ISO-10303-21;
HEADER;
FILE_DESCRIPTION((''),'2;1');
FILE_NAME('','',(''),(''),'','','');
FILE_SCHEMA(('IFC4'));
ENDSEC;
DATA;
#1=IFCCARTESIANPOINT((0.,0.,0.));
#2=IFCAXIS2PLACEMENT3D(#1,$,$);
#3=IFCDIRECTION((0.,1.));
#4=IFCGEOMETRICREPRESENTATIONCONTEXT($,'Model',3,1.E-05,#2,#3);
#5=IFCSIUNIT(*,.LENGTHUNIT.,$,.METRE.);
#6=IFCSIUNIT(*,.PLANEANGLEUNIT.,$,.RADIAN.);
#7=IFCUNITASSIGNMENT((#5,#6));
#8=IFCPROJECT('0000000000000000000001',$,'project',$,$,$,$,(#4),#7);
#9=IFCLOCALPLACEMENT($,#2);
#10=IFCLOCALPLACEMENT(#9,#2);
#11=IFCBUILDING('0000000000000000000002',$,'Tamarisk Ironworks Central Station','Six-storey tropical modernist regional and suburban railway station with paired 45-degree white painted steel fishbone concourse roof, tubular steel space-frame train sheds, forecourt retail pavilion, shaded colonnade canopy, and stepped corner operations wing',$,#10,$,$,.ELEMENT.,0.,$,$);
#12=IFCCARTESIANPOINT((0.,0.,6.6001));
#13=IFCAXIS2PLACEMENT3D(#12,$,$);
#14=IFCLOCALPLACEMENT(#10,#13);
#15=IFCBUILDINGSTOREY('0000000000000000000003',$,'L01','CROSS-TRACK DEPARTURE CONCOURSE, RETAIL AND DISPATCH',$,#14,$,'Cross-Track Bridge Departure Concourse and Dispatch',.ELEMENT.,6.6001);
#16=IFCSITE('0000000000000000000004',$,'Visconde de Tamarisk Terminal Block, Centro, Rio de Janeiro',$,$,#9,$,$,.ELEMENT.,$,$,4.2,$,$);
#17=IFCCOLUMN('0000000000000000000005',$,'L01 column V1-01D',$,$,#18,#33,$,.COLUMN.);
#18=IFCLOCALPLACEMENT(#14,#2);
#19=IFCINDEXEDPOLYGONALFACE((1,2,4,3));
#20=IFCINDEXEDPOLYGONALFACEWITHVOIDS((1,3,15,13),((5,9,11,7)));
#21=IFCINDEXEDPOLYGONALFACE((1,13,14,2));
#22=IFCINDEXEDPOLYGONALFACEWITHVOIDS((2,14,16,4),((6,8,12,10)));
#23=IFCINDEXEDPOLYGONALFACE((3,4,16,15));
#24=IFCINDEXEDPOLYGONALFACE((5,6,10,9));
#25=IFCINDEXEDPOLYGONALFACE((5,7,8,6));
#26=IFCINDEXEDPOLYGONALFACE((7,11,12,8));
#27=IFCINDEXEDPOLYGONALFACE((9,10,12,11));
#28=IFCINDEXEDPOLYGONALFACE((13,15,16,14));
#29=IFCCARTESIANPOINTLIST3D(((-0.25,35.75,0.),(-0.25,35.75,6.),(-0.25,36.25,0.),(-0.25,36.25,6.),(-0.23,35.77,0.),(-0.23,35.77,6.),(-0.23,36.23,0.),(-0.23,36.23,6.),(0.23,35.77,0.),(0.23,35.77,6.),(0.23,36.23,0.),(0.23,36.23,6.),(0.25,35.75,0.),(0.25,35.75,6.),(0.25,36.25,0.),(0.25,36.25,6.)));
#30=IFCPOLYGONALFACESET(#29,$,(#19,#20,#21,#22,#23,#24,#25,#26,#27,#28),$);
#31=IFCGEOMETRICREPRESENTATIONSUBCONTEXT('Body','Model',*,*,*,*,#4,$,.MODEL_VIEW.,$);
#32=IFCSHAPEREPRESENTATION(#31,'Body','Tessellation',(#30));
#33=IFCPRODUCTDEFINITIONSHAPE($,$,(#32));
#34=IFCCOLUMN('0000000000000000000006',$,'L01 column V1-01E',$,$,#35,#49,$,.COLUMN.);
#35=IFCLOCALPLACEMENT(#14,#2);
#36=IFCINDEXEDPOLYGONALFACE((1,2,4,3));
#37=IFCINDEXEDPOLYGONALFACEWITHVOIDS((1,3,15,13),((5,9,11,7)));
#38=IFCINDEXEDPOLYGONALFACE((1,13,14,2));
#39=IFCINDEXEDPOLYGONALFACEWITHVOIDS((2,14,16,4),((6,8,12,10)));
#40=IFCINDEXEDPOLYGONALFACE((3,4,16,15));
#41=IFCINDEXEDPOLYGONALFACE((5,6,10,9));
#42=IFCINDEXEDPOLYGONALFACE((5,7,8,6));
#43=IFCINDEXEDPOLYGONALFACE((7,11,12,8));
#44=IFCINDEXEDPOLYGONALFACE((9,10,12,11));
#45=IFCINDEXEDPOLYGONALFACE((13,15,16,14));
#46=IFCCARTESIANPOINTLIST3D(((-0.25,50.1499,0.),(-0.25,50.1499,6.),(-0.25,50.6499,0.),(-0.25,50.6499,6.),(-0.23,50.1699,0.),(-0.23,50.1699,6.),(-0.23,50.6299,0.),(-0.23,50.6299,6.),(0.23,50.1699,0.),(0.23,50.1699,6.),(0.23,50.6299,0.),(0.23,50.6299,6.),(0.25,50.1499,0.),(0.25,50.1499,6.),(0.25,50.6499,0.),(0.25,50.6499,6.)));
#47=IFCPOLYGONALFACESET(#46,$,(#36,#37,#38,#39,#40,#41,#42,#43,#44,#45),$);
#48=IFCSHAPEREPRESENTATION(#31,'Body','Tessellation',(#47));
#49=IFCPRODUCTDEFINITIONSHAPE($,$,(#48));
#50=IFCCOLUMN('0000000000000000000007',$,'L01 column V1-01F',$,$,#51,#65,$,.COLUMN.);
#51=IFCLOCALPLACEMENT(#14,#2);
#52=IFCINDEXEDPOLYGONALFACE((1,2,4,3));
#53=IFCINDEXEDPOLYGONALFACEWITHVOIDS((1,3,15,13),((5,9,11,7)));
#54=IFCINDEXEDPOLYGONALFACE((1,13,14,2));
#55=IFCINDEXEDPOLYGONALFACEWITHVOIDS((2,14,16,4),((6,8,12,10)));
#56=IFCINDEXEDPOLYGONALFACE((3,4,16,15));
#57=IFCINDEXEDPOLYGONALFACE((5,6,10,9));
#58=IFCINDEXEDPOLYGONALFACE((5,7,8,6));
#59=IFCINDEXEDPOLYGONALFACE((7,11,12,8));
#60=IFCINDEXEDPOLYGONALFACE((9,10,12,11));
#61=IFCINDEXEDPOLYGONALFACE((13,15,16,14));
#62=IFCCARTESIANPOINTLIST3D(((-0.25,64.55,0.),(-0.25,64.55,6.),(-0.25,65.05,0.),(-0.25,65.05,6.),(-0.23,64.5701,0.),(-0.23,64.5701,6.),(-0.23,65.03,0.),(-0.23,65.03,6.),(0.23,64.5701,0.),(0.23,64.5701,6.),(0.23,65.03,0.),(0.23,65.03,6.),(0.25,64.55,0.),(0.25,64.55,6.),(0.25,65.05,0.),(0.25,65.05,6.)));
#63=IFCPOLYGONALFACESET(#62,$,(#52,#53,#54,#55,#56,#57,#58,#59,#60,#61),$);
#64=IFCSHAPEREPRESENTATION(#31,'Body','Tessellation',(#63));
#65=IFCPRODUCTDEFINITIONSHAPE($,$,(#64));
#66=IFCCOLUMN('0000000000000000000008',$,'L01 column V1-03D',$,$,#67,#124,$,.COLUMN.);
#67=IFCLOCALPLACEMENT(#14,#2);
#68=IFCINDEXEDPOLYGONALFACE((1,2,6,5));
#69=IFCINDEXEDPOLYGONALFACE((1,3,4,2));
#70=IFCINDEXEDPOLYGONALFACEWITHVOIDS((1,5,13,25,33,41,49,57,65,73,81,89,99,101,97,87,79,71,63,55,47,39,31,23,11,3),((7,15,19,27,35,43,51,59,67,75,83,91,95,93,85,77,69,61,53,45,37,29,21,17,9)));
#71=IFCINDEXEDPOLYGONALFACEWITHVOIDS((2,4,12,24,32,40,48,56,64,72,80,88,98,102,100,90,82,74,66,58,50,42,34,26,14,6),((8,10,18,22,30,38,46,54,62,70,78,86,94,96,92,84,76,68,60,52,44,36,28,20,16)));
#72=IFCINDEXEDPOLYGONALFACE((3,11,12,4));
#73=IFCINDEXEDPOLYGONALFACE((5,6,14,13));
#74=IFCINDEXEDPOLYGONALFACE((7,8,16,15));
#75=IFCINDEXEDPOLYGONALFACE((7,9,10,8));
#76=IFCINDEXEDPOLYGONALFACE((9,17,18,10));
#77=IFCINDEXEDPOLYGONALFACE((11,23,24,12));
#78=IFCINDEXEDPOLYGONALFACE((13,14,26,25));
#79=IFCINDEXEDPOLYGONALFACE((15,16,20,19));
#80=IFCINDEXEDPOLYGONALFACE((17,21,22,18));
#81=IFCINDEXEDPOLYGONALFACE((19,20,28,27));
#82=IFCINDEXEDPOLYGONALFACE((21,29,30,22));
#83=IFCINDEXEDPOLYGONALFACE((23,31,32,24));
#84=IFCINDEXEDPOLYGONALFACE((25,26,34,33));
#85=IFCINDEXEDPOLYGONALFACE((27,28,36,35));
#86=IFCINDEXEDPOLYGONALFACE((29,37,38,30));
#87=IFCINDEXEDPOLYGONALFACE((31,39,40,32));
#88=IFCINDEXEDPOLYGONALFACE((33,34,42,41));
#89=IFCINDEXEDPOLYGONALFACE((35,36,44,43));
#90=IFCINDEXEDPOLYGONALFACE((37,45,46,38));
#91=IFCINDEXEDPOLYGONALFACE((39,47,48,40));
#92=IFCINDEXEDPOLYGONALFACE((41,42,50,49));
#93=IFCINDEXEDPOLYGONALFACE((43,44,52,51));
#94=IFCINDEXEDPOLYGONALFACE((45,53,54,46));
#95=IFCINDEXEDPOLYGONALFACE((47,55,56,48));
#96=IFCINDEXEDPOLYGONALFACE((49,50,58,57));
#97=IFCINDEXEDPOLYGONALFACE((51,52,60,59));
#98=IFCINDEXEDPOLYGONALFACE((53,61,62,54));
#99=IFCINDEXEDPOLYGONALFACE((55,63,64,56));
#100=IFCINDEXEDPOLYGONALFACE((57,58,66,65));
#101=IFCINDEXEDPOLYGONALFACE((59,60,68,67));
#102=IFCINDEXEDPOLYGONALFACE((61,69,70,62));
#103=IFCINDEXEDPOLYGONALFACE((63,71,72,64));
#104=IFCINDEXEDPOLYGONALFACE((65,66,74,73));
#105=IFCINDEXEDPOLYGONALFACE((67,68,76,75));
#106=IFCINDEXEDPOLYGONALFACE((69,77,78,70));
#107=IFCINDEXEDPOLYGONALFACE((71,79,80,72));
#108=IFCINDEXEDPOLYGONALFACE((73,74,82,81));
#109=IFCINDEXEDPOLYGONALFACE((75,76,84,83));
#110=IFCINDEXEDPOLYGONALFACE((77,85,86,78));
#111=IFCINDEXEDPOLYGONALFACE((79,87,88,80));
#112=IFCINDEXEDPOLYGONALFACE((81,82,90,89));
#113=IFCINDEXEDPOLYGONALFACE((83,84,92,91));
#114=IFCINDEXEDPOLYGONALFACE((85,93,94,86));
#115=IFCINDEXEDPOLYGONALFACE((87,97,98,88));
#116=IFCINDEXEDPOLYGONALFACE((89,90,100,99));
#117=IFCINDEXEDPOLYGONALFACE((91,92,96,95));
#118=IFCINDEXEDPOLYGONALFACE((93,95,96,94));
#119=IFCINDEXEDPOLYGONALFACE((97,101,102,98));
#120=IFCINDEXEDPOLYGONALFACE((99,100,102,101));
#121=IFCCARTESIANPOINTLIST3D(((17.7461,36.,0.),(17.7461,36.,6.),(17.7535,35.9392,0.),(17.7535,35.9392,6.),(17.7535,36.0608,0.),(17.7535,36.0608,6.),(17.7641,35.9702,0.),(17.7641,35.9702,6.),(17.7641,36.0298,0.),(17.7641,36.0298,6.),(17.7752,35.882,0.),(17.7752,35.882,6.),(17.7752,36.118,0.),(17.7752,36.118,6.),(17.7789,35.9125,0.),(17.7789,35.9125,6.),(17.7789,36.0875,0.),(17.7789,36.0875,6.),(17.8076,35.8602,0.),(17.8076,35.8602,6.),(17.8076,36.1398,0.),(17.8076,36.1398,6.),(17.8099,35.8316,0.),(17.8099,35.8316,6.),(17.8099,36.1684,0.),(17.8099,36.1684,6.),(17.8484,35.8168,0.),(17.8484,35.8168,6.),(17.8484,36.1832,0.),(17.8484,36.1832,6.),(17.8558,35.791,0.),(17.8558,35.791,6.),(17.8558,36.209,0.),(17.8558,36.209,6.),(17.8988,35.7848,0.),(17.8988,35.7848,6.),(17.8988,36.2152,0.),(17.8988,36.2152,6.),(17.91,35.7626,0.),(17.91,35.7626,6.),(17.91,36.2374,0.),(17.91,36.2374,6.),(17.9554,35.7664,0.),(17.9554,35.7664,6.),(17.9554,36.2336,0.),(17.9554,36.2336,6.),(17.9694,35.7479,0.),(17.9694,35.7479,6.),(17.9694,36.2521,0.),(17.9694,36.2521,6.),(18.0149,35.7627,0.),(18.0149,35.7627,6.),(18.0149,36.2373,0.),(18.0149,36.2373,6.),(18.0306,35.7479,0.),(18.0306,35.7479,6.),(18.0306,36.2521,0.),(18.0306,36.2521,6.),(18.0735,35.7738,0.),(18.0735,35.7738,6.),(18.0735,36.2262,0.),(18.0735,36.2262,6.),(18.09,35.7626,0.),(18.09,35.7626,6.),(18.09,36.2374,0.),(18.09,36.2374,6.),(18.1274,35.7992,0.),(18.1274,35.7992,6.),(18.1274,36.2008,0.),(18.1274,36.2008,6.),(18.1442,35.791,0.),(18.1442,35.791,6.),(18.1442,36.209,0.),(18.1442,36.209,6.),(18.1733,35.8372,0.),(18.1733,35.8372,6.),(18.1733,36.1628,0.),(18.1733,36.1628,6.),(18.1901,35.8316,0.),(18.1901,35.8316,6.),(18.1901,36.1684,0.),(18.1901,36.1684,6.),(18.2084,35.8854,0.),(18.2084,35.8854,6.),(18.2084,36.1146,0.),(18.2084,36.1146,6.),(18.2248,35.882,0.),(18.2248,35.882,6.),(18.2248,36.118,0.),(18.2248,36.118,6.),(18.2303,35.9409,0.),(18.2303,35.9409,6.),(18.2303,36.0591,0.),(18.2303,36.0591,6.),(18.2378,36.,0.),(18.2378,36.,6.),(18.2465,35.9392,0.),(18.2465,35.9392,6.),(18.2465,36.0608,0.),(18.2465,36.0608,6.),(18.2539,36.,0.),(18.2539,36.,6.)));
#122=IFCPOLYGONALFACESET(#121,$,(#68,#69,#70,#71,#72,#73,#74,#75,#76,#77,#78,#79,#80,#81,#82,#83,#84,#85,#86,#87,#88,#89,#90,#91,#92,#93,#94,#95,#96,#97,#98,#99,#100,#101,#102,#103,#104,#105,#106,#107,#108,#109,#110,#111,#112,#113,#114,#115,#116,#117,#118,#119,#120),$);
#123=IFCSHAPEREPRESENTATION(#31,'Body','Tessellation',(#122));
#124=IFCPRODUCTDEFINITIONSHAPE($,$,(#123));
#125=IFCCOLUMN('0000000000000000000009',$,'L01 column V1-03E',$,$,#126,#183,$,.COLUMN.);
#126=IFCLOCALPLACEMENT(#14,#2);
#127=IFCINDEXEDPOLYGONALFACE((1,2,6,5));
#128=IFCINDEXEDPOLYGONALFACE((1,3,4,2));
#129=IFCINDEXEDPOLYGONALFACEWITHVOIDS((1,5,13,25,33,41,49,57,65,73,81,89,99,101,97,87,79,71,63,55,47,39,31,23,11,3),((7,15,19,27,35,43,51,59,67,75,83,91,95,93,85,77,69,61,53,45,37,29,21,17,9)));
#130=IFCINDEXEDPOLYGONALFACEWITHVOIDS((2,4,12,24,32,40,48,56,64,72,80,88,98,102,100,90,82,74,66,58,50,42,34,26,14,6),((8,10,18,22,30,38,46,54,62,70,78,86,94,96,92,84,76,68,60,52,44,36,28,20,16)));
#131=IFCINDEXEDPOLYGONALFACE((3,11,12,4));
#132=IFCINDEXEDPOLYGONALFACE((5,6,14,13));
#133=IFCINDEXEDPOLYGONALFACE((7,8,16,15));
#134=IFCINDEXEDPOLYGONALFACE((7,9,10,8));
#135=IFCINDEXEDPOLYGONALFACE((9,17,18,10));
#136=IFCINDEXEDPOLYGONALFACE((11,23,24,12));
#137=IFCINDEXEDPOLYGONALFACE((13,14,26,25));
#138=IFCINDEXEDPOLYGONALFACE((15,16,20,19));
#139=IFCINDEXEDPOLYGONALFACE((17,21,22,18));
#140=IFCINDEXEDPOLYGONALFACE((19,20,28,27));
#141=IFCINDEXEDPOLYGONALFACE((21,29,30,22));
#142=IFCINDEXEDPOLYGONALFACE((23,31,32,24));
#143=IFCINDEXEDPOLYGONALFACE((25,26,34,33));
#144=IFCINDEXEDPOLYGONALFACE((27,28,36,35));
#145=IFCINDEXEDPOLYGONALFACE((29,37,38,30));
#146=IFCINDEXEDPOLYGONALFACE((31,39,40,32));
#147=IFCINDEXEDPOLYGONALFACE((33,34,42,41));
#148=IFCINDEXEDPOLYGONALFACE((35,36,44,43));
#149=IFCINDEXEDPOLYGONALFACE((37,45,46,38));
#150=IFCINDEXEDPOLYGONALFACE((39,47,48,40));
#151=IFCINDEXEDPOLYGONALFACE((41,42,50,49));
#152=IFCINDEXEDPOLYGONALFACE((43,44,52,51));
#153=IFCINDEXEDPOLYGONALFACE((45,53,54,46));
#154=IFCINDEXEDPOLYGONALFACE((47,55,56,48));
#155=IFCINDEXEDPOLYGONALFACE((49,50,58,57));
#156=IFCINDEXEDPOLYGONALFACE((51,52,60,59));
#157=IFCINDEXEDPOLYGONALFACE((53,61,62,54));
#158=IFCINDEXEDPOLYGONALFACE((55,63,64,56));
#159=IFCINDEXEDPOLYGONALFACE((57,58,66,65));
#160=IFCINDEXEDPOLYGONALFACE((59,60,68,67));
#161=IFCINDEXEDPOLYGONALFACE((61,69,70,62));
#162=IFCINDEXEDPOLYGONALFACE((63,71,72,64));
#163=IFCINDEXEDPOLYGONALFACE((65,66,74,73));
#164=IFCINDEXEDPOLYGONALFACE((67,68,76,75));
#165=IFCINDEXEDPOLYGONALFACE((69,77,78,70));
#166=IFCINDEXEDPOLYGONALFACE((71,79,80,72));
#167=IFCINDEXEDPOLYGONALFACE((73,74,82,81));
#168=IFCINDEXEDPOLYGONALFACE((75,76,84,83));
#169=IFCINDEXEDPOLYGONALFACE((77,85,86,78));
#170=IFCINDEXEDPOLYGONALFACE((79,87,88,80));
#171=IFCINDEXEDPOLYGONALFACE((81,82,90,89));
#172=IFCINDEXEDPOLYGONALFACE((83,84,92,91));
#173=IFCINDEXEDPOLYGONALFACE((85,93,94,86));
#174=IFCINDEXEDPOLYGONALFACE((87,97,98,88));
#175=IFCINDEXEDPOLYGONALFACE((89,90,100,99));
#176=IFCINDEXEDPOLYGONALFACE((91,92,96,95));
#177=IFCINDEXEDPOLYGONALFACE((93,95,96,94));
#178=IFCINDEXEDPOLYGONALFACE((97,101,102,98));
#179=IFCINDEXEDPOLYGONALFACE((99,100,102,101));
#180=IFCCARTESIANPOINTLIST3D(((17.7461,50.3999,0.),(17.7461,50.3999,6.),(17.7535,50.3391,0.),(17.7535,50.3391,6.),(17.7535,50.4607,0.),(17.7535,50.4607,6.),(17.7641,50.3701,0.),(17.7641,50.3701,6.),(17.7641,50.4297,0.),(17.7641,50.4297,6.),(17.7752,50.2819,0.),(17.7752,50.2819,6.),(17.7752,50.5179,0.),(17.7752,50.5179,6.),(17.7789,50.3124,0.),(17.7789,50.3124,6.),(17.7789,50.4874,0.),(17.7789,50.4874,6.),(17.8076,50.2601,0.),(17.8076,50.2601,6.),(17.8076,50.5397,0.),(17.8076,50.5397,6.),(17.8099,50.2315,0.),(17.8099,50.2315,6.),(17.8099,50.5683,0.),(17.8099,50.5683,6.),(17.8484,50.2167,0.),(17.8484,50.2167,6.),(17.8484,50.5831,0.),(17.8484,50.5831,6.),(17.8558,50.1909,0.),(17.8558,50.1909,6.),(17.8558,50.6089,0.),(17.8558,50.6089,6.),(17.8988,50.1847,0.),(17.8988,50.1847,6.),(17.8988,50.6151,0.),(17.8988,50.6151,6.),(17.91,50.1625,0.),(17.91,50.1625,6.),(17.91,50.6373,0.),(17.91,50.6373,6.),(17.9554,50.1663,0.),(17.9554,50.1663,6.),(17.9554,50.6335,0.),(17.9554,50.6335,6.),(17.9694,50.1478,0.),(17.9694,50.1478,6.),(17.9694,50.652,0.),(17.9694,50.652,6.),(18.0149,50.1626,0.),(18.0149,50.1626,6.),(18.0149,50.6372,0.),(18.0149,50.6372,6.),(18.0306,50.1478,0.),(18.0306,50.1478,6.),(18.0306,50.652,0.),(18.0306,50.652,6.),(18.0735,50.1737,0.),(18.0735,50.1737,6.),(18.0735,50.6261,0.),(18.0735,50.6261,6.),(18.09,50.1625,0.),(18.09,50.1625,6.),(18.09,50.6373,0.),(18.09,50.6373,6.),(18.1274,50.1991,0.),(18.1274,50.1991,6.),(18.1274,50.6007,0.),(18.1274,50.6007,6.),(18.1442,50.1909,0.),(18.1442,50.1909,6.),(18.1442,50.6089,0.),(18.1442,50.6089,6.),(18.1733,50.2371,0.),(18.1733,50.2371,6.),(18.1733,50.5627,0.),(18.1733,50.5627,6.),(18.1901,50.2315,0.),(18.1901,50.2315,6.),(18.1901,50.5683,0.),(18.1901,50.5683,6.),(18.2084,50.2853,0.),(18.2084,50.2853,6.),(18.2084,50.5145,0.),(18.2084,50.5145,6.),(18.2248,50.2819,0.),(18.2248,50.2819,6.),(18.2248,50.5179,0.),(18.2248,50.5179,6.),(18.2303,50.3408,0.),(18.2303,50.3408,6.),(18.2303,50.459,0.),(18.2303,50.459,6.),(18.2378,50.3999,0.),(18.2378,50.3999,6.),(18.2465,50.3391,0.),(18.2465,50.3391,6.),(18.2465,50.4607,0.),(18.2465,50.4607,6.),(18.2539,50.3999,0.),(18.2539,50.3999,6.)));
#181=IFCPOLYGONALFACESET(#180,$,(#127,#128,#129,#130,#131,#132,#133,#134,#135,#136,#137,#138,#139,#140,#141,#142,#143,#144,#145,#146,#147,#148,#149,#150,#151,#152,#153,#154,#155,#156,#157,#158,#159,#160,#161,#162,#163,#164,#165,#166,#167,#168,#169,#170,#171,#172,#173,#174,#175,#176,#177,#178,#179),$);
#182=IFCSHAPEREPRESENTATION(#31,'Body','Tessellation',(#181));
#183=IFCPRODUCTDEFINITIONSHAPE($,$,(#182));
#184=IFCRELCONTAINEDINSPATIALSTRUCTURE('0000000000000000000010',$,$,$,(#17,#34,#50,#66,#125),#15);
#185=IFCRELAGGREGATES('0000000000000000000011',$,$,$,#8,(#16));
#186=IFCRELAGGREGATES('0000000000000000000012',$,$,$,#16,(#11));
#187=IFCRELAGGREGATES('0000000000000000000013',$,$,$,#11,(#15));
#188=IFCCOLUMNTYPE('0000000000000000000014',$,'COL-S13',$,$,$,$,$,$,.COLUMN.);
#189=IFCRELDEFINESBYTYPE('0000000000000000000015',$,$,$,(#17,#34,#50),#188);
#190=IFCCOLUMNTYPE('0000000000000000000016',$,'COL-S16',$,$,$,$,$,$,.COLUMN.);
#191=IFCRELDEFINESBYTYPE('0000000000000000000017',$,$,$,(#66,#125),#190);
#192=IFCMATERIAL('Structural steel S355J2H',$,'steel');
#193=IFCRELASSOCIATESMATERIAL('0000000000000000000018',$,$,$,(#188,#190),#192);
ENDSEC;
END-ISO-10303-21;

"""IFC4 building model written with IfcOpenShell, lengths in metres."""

from ifc_helpers import new_model, si_unit, direction, frame, origin, origin_2d, place, context, subcontext, project, spatial, hollow_rectangle, hollow_circle, extrude, material, material_profile, profile_set, type_object, element, save


model = new_model("IFC4")

# Units and contexts
model_context = context("Model", 3, precision=1e-05, world=origin(), true_north=direction((0.0, 1.0)))
body_context = subcontext(model_context, "Body", "Model", "MODEL_VIEW")
ifc_project = project(units=[si_unit("LENGTHUNIT", "METRE"), si_unit("PLANEANGLEUNIT", "RADIAN")], contexts=[model_context])

# Site, building, storey
site_placement = place(None, origin())
site = spatial("IfcSite", under=ifc_project, at=site_placement, Name="Visconde de Tamarisk Terminal Block, Centro, Rio de Janeiro", CompositionType="ELEMENT", RefElevation=4.2)
building_placement = place(site_placement, origin())
building = spatial("IfcBuilding", under=site, at=building_placement, Name="Tamarisk Ironworks Central Station", Description="Six-storey tropical modernist regional and suburban railway station with paired 45-degree white painted steel fishbone concourse roof, tubular steel space-frame train sheds, forecourt retail pavilion, shaded colonnade canopy, and stepped corner operations wing", CompositionType="ELEMENT", ElevationOfRefHeight=0.0)
storey_placement = place(building_placement, frame((0.0, 0.0, 6.6001)))
storey = spatial("IfcBuildingStorey", under=building, at=storey_placement, Name="L01", Description="CROSS-TRACK DEPARTURE CONCOURSE, RETAIL AND DISPATCH", LongName="Cross-Track Bridge Departure Concourse and Dispatch", CompositionType="ELEMENT", Elevation=6.6001)

# Columns
ifc_material_1 = material(Name="Structural steel S355J2H", Category="steel")
ifc_material_profile_1 = material_profile(ifc_material_1, hollow_rectangle(XDim=0.5, YDim=0.5, WallThickness=0.02, at=origin_2d()), Name="SHS 500x500x20")
ifc_profile_set_1 = profile_set([ifc_material_profile_1], Name="Structural steel S355J2H")
column_type_1 = type_object("IfcColumnType", Name="COL-S13", PredefinedType="COLUMN", material=ifc_profile_set_1)
for number, where, z_axis, x_axis, name in (
    (1, (0.0, 36.0, 0.0), (0.0, 0.0, 1.0), (1.0, 0.0, 0.0), "L01 column V1-01D"),
    (2, (0.0, 50.3999, 0.0), (0.0, 0.0, 1.0), (1.0, 0.0, 0.0), "L01 column V1-01E"),
    (3, (0.0, 64.8, 0.0), (0.0, 0.0, 1.0), (1.0, 0.0, 0.0), "L01 column V1-01F"),
):
    element("IfcColumn", number, at=place(storey_placement, frame(where, z_axis=z_axis, x_axis=x_axis)), inside=storey, type_object=column_type_1, Name=name, PredefinedType="COLUMN", context=body_context, shape_type="SweptSolid", body=[
        extrude(hollow_rectangle(XDim=0.5, YDim=0.5, WallThickness=0.02, at=origin_2d()), origin(), (0.0, 0.0, 1.0), 6.0),
    ])
ifc_material_profile_2 = material_profile(ifc_material_1, hollow_circle(Radius=0.2539, WallThickness=0.0161, at=origin_2d()), Name="CHS 508x16")
ifc_profile_set_2 = profile_set([ifc_material_profile_2], Name="Structural steel S355J2H")
column_type_2 = type_object("IfcColumnType", Name="COL-S16", PredefinedType="COLUMN", material=ifc_profile_set_2)
for number, where, z_axis, x_axis, name in (
    (4, (18.0, 36.0, 0.0), (0.0, 0.0, 1.0), (1.0, 0.0, 0.0), "L01 column V1-03D"),
    (5, (18.0, 50.3999, 0.0), (0.0, 0.0, 1.0), (1.0, 0.0, 0.0), "L01 column V1-03E"),
):
    element("IfcColumn", number, at=place(storey_placement, frame(where, z_axis=z_axis, x_axis=x_axis)), inside=storey, type_object=column_type_2, Name=name, PredefinedType="COLUMN", context=body_context, shape_type="SweptSolid", body=[
        extrude(hollow_circle(Radius=0.2539, WallThickness=0.0161, at=origin_2d()), origin(), (0.0, 0.0, 1.0), 6.0),
    ])

save(model, "model.ifc")
